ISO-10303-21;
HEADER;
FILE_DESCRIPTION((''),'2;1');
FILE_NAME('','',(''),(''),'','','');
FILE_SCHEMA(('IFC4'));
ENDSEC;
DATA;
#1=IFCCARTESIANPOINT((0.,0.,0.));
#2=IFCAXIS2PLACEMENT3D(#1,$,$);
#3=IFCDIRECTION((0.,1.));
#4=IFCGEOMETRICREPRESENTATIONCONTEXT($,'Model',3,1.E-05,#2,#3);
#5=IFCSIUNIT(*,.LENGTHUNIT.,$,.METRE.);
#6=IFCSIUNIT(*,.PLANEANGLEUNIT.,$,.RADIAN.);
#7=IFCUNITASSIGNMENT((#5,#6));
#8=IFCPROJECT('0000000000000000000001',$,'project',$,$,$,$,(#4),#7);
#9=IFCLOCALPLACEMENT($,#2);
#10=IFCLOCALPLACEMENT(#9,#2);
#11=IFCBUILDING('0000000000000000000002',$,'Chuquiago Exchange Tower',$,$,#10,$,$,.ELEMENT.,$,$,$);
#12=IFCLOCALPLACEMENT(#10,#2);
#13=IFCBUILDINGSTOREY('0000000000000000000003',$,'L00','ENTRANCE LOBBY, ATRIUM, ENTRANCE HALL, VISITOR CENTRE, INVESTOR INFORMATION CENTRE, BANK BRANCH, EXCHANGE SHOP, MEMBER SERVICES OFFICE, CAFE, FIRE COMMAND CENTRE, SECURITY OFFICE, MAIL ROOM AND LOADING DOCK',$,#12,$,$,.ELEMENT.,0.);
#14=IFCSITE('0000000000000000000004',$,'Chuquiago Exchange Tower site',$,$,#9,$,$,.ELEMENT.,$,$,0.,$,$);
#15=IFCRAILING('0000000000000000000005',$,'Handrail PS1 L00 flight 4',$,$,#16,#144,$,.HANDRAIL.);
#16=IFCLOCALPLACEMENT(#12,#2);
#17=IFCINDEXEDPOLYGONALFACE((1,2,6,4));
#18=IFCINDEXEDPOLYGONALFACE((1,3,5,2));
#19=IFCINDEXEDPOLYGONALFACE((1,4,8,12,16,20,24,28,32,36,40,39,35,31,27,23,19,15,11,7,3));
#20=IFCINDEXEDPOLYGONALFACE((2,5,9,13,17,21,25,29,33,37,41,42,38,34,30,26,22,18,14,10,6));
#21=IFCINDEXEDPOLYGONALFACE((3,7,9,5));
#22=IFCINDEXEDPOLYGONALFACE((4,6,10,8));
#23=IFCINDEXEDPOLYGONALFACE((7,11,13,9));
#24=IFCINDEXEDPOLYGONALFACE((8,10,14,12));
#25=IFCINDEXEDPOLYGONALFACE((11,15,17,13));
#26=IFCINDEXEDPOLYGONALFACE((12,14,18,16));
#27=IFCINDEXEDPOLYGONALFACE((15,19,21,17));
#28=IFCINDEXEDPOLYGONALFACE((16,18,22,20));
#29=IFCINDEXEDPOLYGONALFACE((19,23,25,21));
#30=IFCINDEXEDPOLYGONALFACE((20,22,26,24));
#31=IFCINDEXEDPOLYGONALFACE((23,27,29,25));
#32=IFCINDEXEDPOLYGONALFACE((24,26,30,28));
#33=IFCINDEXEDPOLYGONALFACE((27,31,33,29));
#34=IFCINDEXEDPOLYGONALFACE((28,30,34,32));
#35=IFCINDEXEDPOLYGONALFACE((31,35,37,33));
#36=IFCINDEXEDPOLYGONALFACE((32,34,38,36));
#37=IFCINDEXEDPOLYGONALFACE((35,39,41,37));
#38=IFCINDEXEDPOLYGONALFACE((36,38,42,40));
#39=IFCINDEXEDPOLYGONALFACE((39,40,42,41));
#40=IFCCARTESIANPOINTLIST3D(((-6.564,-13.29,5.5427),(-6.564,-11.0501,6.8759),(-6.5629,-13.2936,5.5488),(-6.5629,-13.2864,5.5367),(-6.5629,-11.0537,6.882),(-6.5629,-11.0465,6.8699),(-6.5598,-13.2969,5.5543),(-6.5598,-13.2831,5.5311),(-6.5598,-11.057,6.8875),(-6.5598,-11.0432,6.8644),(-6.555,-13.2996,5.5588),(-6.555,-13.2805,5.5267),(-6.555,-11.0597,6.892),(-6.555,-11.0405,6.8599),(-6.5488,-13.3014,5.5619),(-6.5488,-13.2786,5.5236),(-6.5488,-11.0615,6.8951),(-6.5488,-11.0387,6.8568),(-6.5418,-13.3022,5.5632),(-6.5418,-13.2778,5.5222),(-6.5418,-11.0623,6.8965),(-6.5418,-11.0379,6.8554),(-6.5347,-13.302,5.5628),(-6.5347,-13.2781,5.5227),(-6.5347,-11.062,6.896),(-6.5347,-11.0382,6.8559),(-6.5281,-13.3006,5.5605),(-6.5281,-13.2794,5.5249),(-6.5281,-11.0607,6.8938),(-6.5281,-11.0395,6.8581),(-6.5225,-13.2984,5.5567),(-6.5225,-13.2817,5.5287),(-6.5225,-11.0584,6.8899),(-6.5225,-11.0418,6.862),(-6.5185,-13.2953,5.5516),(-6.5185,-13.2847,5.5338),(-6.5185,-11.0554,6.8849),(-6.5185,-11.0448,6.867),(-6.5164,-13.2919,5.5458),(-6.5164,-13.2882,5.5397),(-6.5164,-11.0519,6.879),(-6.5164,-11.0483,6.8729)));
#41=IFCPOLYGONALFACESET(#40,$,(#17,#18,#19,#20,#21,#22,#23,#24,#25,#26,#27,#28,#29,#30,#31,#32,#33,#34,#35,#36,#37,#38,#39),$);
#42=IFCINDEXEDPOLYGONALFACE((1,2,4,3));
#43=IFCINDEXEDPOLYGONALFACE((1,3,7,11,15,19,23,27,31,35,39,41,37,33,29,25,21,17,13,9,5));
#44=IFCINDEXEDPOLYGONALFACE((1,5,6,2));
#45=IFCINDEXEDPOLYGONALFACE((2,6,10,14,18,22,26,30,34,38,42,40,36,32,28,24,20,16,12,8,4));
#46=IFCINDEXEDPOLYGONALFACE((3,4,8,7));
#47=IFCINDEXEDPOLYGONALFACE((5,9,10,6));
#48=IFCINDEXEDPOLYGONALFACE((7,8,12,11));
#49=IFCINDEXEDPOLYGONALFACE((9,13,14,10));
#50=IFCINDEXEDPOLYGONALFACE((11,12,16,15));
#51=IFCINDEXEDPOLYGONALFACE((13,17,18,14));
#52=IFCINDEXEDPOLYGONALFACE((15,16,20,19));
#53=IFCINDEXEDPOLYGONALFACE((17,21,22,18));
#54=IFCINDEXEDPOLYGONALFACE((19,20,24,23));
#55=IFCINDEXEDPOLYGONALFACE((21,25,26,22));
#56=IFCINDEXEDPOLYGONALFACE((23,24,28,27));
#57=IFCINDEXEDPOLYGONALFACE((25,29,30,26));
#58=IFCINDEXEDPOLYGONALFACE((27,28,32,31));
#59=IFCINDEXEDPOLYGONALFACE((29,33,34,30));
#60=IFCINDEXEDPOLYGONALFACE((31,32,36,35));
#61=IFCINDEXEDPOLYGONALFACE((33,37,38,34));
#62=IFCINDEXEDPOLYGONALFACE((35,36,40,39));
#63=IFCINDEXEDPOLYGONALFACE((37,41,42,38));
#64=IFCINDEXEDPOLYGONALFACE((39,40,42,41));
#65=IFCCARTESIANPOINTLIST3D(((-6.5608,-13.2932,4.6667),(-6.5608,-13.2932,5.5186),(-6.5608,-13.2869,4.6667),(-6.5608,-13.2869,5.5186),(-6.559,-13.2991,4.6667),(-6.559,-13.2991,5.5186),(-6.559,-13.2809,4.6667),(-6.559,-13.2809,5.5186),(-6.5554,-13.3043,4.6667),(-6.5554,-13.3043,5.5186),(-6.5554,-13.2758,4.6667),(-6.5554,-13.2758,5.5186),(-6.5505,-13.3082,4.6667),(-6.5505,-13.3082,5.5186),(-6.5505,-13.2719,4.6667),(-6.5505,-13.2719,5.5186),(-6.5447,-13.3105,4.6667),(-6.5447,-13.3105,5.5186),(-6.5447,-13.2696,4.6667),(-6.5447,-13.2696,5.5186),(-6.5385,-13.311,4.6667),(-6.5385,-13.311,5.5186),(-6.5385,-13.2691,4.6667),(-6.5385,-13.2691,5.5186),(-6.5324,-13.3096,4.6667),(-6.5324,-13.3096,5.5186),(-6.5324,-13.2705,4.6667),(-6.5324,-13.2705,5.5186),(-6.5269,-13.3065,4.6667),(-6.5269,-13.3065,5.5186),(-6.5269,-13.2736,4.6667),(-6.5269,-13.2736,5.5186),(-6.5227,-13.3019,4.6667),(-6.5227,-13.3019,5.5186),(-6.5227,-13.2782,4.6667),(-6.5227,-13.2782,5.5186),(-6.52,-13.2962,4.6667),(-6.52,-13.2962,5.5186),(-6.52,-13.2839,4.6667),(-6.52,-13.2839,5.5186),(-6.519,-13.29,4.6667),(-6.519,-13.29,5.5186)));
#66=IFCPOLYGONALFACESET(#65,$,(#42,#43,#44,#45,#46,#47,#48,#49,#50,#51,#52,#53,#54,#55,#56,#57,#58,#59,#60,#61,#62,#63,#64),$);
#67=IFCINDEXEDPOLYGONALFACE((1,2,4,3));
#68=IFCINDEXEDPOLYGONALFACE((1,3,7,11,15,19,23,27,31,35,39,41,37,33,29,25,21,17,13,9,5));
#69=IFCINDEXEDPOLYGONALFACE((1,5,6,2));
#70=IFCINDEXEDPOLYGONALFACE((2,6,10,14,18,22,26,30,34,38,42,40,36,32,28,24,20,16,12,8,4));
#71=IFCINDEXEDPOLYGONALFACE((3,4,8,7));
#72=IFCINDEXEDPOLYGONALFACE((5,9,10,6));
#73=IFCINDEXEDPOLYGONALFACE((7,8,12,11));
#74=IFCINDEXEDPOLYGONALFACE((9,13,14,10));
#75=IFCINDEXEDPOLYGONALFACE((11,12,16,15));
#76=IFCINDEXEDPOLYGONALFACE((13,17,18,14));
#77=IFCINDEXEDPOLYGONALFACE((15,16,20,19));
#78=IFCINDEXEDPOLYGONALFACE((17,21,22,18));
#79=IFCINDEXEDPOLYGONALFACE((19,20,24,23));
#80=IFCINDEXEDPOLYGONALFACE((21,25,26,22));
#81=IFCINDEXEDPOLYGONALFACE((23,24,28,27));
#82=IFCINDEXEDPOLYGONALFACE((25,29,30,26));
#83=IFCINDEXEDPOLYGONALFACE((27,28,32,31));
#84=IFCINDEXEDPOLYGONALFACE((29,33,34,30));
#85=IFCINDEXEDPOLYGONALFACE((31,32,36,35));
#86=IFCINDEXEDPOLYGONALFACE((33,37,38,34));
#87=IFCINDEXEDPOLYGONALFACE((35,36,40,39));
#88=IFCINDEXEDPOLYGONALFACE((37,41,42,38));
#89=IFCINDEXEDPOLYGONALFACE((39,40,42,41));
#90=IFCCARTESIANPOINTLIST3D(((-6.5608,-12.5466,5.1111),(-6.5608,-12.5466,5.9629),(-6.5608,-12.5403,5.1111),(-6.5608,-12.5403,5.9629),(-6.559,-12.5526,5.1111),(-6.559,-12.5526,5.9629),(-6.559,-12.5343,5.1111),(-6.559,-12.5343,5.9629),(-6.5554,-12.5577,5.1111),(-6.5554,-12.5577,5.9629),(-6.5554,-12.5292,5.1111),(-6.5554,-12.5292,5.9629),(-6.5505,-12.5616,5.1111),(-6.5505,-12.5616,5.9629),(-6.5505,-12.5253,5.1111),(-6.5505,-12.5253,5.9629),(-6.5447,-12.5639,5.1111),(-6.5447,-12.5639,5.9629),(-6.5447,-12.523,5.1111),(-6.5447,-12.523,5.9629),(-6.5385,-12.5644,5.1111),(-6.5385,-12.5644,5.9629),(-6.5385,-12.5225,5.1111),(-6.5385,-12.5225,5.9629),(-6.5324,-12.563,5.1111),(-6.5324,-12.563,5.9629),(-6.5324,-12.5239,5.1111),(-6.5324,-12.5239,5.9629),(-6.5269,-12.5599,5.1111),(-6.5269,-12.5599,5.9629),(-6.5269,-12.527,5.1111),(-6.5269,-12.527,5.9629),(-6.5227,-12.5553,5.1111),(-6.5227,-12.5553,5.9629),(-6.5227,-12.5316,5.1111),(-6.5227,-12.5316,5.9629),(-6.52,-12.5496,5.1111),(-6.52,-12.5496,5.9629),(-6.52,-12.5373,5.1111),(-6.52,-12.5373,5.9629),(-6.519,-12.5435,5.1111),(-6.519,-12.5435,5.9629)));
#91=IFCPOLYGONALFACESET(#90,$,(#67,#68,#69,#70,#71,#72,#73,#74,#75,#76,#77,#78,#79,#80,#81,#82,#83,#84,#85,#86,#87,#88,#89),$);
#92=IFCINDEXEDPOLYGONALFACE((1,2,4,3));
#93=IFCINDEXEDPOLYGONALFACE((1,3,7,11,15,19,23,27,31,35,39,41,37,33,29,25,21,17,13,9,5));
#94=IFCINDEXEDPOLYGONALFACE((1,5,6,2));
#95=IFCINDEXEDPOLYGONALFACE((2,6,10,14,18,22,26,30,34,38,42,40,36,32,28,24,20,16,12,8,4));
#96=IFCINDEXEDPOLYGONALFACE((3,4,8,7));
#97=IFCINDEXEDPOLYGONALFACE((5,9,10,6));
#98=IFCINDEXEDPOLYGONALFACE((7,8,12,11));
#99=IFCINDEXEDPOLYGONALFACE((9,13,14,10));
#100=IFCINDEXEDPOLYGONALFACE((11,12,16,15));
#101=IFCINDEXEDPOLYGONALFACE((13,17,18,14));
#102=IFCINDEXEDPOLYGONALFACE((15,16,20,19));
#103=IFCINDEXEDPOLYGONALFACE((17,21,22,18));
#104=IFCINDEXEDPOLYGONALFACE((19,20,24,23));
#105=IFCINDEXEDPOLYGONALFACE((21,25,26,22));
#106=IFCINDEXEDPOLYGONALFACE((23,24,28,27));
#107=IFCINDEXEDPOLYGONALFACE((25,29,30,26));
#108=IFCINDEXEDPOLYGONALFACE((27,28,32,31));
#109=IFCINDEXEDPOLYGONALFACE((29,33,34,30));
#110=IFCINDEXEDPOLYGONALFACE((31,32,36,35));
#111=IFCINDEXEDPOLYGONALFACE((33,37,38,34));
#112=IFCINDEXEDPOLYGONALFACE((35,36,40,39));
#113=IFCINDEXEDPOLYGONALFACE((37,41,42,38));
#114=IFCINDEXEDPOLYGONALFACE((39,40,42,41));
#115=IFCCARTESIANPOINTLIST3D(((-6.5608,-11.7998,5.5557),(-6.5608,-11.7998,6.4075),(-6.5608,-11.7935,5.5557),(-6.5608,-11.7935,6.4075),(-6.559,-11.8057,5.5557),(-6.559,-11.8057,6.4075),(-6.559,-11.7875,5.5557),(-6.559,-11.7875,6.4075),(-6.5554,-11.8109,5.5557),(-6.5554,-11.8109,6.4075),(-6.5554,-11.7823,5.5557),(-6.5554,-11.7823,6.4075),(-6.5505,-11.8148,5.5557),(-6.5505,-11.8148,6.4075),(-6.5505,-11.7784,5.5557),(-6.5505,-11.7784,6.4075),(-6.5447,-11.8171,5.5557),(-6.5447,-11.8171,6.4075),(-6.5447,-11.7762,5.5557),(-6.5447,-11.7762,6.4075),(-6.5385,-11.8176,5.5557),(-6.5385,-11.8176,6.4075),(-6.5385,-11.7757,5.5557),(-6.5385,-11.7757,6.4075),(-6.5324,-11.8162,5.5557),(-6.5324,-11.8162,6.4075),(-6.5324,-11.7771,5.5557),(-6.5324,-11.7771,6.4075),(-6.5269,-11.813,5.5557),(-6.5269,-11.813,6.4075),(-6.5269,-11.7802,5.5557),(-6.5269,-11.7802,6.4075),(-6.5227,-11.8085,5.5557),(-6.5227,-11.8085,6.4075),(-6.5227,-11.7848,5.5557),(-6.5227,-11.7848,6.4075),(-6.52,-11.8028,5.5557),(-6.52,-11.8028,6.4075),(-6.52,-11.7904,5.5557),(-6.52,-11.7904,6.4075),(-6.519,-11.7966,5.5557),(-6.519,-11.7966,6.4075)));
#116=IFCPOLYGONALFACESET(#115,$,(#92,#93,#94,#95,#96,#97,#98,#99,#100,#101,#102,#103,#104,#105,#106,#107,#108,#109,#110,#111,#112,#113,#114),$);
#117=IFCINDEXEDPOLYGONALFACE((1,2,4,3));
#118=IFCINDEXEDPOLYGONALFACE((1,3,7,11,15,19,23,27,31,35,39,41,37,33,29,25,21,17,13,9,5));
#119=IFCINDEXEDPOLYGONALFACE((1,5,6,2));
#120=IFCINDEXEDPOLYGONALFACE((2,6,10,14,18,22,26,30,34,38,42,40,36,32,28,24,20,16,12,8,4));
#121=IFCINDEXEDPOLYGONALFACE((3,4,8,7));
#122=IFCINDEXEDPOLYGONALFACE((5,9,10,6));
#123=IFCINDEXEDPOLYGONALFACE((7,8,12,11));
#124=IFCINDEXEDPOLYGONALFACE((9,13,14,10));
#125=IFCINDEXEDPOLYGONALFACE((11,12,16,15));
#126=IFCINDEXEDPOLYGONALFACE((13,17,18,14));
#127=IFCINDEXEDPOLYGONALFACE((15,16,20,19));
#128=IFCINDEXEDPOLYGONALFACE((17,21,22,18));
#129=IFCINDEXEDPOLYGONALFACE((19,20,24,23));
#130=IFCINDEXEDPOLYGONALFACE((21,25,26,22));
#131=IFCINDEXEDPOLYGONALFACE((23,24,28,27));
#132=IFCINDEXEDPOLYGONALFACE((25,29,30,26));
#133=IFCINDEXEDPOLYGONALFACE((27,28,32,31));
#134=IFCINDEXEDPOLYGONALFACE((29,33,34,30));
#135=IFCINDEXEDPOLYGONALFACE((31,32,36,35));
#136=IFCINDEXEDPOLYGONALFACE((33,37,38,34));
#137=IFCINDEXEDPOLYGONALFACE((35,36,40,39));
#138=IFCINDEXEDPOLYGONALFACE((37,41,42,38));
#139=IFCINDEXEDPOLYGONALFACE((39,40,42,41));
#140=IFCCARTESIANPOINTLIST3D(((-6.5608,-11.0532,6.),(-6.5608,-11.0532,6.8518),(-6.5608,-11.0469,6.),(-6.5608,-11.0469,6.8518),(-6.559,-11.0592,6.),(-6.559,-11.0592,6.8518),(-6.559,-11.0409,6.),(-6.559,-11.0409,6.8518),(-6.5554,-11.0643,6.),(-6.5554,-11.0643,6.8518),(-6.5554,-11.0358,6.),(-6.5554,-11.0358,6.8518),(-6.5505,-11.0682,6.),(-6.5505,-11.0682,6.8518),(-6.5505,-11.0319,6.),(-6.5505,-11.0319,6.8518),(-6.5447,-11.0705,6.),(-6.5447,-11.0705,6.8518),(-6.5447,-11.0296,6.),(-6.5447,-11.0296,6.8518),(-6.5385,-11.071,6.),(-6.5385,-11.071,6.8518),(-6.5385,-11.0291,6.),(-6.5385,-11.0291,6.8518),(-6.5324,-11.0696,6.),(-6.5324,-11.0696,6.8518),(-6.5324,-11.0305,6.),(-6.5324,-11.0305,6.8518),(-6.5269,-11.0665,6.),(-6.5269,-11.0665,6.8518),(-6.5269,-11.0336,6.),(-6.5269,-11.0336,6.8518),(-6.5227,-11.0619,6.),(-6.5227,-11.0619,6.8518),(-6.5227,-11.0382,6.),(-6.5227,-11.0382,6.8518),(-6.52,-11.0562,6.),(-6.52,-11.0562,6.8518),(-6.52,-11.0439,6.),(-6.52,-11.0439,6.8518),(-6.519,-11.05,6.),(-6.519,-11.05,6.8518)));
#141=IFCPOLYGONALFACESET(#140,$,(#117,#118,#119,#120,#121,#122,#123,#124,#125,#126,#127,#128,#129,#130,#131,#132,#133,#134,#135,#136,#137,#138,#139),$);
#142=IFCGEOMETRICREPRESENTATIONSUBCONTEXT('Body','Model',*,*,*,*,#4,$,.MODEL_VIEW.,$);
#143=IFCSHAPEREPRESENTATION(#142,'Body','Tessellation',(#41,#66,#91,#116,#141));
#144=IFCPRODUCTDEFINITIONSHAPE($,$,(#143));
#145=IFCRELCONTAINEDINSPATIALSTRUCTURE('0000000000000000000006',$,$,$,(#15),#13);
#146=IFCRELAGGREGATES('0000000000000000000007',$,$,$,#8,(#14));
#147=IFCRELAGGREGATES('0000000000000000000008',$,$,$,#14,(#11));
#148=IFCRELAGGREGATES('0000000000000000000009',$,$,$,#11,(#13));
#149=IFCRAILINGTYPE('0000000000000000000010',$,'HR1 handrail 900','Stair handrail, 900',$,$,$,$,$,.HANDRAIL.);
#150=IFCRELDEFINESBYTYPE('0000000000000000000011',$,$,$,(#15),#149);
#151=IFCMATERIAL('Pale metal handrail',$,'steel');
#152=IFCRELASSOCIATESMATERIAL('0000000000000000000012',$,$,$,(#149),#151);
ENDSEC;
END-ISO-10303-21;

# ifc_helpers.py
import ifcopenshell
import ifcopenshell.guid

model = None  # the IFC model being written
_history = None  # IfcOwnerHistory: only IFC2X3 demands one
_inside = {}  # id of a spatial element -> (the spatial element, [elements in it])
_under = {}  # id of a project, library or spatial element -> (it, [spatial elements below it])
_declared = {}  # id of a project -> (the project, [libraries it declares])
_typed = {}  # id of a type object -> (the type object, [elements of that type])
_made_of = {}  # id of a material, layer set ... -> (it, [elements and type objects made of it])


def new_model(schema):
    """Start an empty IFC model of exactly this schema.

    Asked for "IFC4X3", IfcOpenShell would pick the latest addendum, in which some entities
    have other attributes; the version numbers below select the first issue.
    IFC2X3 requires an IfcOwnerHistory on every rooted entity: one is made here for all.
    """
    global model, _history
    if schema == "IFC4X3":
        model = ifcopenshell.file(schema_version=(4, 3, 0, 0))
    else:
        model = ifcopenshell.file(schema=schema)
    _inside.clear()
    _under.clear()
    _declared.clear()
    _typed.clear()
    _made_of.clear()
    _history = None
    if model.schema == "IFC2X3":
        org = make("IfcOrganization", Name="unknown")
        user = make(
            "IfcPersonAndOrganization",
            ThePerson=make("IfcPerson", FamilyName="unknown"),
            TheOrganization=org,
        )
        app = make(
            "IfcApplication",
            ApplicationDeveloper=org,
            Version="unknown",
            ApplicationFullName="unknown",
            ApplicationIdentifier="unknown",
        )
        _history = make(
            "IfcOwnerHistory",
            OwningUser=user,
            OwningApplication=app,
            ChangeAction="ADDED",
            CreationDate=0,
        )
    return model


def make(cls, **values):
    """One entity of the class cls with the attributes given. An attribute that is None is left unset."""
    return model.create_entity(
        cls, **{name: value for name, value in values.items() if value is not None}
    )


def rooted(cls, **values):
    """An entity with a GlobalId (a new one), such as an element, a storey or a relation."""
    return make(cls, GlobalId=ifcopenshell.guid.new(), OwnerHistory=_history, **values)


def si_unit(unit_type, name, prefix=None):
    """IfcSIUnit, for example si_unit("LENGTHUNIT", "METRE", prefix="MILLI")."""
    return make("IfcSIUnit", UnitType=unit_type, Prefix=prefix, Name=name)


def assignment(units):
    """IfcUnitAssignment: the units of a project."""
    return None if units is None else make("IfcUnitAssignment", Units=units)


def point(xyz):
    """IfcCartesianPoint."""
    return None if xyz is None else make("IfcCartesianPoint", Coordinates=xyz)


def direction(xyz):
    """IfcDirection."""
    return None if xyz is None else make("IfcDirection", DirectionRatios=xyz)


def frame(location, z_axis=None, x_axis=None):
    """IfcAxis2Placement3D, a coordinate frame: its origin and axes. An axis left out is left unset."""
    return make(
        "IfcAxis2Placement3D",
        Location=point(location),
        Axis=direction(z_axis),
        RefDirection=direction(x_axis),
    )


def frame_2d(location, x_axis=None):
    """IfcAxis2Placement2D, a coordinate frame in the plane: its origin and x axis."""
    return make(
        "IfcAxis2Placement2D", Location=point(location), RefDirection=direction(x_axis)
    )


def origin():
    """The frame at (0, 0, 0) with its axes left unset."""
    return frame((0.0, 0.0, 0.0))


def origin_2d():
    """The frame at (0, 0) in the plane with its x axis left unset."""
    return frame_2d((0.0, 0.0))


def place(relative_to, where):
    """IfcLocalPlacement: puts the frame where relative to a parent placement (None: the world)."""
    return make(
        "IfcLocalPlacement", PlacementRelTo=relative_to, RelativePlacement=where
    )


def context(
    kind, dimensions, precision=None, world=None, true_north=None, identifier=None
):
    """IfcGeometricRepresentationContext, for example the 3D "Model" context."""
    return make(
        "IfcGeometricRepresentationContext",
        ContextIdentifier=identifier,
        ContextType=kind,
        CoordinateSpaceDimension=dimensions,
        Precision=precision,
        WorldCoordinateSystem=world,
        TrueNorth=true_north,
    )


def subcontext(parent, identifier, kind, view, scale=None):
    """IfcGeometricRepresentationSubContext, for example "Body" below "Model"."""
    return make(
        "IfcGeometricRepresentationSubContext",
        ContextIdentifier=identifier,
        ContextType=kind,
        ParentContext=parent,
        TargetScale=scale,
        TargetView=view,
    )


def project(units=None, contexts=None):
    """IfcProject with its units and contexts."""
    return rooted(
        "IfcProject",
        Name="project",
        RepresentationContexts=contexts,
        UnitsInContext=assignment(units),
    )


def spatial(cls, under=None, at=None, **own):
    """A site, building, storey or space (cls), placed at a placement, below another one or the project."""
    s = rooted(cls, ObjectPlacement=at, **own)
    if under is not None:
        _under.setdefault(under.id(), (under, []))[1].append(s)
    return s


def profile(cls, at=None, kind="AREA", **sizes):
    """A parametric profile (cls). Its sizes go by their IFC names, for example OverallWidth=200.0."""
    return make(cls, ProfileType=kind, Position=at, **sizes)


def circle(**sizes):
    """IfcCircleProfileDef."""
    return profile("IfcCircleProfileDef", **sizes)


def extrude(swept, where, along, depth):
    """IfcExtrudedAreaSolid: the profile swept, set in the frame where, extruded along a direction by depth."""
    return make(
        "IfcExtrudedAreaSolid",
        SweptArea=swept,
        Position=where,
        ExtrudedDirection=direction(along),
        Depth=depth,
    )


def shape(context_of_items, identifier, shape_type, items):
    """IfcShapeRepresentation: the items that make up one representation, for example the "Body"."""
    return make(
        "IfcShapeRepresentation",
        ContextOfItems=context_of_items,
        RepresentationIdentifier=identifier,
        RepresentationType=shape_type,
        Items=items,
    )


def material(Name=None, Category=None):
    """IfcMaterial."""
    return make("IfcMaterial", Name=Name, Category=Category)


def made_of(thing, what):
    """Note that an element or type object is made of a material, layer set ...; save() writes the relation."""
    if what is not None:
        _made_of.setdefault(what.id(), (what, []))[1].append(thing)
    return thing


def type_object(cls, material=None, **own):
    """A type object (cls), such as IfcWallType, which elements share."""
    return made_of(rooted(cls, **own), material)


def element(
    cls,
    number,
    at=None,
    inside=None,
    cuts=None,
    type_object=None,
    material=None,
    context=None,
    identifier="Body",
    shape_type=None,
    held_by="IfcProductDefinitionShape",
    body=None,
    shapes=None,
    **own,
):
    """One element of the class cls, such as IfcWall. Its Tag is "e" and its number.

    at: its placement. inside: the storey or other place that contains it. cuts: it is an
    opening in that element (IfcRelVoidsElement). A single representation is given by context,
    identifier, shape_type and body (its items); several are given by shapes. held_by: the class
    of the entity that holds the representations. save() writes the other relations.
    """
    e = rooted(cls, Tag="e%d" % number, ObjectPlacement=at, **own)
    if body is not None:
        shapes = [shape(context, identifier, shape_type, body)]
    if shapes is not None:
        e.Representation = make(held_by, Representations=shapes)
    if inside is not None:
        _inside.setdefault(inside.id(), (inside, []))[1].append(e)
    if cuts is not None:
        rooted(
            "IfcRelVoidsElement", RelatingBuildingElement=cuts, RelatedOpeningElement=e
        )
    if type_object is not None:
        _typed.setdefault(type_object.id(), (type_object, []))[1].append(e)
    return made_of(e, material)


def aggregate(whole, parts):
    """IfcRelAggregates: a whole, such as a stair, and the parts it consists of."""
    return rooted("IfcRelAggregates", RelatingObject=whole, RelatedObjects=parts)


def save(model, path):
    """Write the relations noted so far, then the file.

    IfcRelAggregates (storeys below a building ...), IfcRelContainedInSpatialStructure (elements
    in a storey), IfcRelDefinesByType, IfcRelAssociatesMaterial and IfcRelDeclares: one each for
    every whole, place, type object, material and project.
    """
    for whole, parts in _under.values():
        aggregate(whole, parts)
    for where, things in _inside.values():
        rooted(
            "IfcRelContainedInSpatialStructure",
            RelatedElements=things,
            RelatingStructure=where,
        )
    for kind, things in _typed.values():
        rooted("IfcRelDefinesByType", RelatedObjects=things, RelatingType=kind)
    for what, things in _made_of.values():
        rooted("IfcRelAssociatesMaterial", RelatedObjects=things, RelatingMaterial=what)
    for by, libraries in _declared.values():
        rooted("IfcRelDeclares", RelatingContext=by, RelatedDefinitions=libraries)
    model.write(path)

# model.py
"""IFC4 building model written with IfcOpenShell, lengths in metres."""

from ifc_helpers import new_model, si_unit, direction, frame, origin, origin_2d, place, context, subcontext, project, spatial, circle, extrude, material, type_object, element, save


model = new_model("IFC4")

# Units and contexts
model_context = context("Model", 3, precision=1e-05, world=origin(), true_north=direction((0.0, 1.0)))
body_context = subcontext(model_context, "Body", "Model", "MODEL_VIEW")
ifc_project = project(units=[si_unit("LENGTHUNIT", "METRE"), si_unit("PLANEANGLEUNIT", "RADIAN")], contexts=[model_context])

# Site, building, storey
site_placement = place(None, origin())
site = spatial("IfcSite", under=ifc_project, at=site_placement, Name="Chuquiago Exchange Tower site", CompositionType="ELEMENT", RefElevation=0.0)
building_placement = place(site_placement, origin())
building = spatial("IfcBuilding", under=site, at=building_placement, Name="Chuquiago Exchange Tower", CompositionType="ELEMENT")
storey_placement = place(building_placement, origin())
storey = spatial("IfcBuildingStorey", under=building, at=storey_placement, Name="L00", Description="ENTRANCE LOBBY, ATRIUM, ENTRANCE HALL, VISITOR CENTRE, INVESTOR INFORMATION CENTRE, BANK BRANCH, EXCHANGE SHOP, MEMBER SERVICES OFFICE, CAFE, FIRE COMMAND CENTRE, SECURITY OFFICE, MAIL ROOM AND LOADING DOCK", CompositionType="ELEMENT", Elevation=0.0)

# Railing
ifc_material_1 = material(Name="Pale metal handrail", Category="steel")
railing_type = type_object("IfcRailingType", Name="HR1 handrail 900", Description="Stair handrail, 900", PredefinedType="HANDRAIL", material=ifc_material_1)
for number, where, name in (
    (1, (-6.54, -13.29, 4.6667), "Handrail PS1 L00 flight 4"),
):
    element("IfcRailing", number, at=place(storey_placement, frame(where)), inside=storey, type_object=railing_type, Name=name, PredefinedType="HANDRAIL", context=body_context, shape_type="SweptSolid", body=[
        extrude(circle(Radius=0.0239, at=origin_2d()), frame((0.0, 0.0, 0.876), z_axis=(0.0, 0.859306, 0.511462), x_axis=(-1.0, 0.0, 0.0)), (0.0, 0.0, 1.0), 2.6067),
        extrude(circle(Radius=0.021, at=origin_2d()), origin(), (0.0, 0.0, 1.0), 0.8518),
        extrude(circle(Radius=0.021, at=origin_2d()), frame((0.0, 0.7466, 0.4443)), (0.0, 0.0, 1.0), 0.8518),
        extrude(circle(Radius=0.021, at=origin_2d()), frame((0.0, 1.4934, 0.8889)), (0.0, 0.0, 1.0), 0.8518),
        extrude(circle(Radius=0.021, at=origin_2d()), frame((0.0, 2.24, 1.3333)), (0.0, 0.0, 1.0), 0.8518),
    ])

save(model, "model.ifc")
